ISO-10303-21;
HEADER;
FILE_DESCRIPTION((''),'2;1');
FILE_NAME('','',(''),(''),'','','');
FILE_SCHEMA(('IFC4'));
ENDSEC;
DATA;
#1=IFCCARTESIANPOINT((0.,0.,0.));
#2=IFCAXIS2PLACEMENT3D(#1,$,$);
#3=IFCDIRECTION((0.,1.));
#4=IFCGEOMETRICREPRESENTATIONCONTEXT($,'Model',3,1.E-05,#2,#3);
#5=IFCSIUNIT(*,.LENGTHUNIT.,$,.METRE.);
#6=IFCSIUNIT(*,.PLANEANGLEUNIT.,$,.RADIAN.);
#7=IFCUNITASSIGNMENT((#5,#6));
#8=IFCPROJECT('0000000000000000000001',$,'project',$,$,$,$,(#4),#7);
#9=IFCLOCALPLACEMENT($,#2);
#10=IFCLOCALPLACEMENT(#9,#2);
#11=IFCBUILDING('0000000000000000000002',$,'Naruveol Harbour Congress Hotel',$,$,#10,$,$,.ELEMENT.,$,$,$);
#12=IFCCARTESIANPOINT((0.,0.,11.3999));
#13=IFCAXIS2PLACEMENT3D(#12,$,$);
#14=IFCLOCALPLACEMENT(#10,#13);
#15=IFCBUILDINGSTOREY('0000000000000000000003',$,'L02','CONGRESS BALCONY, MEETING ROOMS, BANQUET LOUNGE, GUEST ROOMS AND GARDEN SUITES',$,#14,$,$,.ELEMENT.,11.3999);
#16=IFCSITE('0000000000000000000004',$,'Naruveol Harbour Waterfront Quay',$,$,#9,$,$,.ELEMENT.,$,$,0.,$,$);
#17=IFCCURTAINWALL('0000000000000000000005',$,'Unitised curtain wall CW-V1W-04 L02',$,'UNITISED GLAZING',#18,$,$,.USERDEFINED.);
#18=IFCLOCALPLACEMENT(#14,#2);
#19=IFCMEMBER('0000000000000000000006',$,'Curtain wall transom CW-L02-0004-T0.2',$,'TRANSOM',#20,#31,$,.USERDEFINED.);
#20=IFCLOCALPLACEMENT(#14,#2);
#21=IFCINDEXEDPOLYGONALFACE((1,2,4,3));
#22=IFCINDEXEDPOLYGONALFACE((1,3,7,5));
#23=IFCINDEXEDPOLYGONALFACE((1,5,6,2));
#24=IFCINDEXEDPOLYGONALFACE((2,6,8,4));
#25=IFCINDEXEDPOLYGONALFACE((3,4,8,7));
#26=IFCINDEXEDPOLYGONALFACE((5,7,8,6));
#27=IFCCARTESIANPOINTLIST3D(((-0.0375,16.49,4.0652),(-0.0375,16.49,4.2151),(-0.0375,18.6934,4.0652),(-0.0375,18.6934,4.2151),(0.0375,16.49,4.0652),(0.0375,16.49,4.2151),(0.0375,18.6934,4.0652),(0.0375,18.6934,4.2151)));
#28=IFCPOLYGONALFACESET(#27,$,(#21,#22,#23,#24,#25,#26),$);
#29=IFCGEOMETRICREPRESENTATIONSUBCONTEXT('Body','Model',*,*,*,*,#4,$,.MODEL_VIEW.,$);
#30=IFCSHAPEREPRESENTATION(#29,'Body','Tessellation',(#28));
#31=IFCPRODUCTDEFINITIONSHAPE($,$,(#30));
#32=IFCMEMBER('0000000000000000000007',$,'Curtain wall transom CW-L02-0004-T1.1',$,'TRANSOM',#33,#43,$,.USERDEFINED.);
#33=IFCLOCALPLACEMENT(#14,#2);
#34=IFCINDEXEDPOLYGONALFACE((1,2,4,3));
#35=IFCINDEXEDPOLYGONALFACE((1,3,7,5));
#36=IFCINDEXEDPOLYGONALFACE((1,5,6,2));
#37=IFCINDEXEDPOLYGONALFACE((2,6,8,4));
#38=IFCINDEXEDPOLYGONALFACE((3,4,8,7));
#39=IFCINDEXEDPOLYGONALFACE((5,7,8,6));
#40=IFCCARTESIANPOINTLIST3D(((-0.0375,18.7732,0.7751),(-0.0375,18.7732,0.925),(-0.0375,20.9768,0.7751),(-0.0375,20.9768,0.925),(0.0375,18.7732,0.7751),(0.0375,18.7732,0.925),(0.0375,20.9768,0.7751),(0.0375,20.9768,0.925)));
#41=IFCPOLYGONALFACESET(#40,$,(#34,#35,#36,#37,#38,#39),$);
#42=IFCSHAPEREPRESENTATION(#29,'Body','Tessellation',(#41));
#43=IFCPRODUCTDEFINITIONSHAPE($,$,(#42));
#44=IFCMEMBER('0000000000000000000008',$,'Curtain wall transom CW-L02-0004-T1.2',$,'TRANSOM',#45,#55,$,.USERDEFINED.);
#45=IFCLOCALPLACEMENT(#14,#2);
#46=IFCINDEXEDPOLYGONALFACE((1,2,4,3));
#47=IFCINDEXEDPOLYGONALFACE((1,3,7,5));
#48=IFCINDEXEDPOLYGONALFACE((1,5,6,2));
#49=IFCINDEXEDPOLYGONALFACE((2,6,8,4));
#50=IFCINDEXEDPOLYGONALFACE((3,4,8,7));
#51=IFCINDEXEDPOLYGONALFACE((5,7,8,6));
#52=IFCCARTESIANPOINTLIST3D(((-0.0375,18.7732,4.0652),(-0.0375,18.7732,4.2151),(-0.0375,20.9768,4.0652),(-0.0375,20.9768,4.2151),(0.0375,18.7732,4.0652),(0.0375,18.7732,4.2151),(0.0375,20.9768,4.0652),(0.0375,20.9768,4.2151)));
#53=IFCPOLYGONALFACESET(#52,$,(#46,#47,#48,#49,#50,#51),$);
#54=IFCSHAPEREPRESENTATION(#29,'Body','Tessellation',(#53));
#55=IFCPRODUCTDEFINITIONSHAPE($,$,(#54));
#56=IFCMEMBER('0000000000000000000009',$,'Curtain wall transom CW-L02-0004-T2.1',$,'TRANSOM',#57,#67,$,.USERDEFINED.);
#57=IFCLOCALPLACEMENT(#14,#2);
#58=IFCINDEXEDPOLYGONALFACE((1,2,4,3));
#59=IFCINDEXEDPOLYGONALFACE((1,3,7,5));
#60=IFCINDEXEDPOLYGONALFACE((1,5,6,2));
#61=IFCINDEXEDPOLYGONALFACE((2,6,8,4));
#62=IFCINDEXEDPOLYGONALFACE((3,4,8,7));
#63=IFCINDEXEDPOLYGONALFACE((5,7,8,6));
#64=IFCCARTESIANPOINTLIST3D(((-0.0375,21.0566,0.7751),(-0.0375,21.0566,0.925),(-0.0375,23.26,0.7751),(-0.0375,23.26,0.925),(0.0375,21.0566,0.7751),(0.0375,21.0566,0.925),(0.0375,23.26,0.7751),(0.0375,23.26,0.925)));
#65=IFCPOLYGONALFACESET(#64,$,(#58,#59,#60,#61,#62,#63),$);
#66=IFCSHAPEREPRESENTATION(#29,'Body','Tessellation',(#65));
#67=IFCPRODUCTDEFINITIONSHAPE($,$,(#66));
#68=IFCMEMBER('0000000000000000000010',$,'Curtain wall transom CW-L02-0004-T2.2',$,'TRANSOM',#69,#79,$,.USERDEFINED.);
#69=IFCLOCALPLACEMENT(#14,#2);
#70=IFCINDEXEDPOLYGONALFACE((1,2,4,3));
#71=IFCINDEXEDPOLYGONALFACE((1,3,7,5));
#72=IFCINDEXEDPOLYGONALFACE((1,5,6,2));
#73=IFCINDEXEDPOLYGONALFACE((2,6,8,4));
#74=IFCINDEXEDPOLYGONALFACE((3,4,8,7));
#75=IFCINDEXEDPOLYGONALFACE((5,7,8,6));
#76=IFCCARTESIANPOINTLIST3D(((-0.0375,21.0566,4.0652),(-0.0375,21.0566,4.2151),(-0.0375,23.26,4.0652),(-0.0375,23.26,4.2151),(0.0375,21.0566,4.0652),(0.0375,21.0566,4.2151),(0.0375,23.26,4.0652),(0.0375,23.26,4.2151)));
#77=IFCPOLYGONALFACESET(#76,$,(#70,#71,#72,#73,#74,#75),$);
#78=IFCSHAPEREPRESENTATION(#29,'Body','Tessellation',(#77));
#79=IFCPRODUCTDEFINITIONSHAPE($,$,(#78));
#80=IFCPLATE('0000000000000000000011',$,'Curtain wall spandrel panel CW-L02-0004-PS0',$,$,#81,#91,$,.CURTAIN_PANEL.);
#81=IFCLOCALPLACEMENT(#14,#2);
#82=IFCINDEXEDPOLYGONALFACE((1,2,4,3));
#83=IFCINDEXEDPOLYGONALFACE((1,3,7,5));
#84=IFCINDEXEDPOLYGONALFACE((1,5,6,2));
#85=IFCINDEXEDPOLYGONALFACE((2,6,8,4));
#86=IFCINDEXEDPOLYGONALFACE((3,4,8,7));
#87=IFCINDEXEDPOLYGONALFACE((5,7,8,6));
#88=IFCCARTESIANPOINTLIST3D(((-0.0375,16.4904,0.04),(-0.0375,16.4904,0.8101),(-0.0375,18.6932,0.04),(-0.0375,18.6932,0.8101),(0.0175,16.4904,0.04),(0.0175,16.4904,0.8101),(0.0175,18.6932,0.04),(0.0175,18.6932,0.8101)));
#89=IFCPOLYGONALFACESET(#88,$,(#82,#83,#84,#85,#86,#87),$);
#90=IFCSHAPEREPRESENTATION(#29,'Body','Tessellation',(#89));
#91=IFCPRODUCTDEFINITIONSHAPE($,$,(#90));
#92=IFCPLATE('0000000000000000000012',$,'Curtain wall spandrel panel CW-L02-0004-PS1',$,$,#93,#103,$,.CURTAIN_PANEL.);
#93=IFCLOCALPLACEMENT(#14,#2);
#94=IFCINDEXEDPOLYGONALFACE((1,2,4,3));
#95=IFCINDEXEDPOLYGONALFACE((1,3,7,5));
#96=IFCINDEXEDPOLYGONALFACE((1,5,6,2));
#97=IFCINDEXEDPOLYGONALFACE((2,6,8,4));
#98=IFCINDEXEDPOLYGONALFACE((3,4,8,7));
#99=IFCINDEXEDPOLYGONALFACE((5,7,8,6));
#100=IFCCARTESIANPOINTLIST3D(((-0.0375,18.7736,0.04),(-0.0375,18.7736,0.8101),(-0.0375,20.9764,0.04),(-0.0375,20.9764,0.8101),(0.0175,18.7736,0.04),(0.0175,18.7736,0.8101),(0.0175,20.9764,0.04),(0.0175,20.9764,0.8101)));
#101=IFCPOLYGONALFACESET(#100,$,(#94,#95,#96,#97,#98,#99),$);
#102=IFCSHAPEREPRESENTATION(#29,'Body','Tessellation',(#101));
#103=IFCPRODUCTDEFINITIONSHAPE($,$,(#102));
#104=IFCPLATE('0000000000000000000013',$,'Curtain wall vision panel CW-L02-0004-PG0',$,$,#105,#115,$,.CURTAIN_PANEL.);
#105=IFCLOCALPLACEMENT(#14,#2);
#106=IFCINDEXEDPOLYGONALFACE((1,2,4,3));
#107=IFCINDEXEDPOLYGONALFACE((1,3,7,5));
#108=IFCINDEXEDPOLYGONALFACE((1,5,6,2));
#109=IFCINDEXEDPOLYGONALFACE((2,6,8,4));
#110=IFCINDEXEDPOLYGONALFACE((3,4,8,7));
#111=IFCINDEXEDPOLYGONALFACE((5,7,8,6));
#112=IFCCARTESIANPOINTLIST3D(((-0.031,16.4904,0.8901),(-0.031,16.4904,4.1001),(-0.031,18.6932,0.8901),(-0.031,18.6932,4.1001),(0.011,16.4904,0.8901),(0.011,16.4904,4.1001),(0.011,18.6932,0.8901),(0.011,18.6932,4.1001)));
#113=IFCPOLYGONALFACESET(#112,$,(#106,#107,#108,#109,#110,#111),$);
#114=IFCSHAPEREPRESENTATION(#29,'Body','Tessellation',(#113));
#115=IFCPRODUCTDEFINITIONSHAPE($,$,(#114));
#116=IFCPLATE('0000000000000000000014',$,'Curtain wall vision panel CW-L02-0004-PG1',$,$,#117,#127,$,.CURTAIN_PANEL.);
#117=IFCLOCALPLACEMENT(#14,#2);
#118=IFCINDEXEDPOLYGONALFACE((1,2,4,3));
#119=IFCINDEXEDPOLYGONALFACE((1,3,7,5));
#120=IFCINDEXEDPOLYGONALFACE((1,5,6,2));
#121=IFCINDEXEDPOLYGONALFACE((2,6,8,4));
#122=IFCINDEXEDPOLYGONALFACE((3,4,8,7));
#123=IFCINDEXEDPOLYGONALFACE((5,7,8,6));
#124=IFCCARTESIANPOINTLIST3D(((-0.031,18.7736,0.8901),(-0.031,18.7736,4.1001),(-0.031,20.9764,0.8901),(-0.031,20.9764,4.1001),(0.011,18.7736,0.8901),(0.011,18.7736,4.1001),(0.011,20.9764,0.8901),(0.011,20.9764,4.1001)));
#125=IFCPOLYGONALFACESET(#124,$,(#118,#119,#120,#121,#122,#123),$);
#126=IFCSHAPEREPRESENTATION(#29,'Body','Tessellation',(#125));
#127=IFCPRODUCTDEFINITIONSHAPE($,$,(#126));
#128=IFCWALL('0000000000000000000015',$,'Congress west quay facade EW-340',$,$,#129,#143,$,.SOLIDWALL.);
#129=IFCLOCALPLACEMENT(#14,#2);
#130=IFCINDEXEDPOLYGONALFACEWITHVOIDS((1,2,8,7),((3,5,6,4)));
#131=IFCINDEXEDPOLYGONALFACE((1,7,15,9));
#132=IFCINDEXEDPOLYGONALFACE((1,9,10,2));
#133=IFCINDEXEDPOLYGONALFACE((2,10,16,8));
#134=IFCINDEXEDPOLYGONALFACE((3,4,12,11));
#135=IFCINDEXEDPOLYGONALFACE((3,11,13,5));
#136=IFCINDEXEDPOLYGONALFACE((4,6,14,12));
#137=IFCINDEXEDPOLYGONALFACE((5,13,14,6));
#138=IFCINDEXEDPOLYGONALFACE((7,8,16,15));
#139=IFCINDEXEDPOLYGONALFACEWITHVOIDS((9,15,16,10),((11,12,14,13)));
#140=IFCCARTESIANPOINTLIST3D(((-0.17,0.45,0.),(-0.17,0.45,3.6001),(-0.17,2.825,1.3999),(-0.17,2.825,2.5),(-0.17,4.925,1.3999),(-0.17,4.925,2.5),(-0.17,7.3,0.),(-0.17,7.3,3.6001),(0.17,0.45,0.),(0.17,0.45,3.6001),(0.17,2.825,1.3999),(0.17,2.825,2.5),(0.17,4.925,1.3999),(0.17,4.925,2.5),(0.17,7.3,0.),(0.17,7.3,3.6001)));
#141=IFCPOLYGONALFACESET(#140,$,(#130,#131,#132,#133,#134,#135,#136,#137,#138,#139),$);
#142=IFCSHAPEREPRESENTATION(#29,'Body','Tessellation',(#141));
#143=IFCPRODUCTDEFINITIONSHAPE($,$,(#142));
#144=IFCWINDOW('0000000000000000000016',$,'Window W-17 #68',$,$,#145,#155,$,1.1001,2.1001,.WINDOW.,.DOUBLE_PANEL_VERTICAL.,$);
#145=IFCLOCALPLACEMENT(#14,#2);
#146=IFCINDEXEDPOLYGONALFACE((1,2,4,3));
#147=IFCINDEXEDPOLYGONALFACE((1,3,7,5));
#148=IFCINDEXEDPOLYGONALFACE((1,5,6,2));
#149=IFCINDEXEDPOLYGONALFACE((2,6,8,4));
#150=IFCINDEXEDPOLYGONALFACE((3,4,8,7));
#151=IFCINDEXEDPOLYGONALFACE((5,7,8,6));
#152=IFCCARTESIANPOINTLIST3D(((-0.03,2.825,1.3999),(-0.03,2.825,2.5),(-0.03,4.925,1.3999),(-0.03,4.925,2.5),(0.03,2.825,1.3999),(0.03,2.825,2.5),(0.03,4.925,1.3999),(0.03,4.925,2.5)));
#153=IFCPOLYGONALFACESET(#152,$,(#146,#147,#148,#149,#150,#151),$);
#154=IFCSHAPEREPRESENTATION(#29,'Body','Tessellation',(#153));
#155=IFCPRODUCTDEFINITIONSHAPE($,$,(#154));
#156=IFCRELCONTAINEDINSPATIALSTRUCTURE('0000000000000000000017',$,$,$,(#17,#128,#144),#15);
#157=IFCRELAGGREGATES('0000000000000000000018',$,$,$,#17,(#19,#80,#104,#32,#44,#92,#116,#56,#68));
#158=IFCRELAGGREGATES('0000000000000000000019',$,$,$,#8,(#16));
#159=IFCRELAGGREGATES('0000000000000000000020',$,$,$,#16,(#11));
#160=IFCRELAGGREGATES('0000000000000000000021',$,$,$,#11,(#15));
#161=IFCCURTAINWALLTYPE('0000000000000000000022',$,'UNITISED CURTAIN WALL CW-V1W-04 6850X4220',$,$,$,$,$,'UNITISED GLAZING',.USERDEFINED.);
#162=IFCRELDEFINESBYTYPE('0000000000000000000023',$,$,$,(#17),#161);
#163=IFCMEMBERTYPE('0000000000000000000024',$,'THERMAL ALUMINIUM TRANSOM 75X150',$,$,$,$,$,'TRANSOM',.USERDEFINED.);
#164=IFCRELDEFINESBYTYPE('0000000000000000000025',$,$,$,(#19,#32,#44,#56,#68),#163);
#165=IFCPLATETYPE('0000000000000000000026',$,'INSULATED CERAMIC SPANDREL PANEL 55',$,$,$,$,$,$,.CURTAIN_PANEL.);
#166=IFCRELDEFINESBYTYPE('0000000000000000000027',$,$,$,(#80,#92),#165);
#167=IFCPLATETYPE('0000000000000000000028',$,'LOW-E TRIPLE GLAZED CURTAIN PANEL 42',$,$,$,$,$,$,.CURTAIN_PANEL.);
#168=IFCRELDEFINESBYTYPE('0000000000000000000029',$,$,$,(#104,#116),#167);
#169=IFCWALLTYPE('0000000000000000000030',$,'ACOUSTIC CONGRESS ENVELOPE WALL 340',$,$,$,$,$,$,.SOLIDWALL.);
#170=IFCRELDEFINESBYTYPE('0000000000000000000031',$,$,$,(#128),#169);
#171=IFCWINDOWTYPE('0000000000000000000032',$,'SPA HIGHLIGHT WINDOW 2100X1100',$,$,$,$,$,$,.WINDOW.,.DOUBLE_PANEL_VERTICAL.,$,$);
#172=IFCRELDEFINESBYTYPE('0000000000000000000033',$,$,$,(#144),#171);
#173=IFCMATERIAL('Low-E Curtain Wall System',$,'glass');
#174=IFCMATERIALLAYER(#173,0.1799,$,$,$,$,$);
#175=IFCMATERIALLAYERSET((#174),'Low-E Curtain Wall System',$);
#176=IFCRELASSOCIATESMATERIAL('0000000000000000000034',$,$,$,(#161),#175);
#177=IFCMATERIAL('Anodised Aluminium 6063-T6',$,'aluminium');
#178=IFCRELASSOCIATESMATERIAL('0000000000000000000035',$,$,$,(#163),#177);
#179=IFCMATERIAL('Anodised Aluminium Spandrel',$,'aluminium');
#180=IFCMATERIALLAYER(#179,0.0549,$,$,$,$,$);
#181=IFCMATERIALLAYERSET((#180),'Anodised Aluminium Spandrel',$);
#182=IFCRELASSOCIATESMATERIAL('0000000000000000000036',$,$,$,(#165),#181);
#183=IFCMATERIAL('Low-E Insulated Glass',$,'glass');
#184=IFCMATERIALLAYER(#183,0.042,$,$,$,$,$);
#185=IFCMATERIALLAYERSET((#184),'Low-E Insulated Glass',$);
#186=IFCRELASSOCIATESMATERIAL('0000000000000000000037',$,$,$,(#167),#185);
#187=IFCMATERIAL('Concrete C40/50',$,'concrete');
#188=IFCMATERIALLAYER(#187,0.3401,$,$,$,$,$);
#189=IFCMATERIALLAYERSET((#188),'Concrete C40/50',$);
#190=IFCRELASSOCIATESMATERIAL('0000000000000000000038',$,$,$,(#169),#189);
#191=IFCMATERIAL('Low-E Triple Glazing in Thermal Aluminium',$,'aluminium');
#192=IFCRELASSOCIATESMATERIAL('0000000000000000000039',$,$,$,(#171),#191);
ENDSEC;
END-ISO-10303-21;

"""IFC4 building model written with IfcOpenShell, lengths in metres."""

from ifc_helpers import new_model, si_unit, direction, frame, frame_2d, origin, origin_2d, place, context, subcontext, project, spatial, rectangle, extrude, material, layer, layer_set, material_profile, profile_set, type_object, element, fill, aggregate, save


model = new_model("IFC4")

# Units and contexts
model_context = context("Model", 3, precision=1e-05, world=origin(), true_north=direction((0.0, 1.0)))
body_context = subcontext(model_context, "Body", "Model", "MODEL_VIEW")
ifc_project = project(units=[si_unit("LENGTHUNIT", "METRE"), si_unit("PLANEANGLEUNIT", "RADIAN")], contexts=[model_context])

# Site, building, storey
site_placement = place(None, origin())
site = spatial("IfcSite", under=ifc_project, at=site_placement, Name="Naruveol Harbour Waterfront Quay", CompositionType="ELEMENT", RefElevation=0.0)
building_placement = place(site_placement, origin())
building = spatial("IfcBuilding", under=site, at=building_placement, Name="Naruveol Harbour Congress Hotel", CompositionType="ELEMENT")
storey_placement = place(building_placement, frame((0.0, 0.0, 11.3999)))
storey = spatial("IfcBuildingStorey", under=building, at=storey_placement, Name="L02", Description="CONGRESS BALCONY, MEETING ROOMS, BANQUET LOUNGE, GUEST ROOMS AND GARDEN SUITES", CompositionType="ELEMENT", Elevation=11.3999)

# Curtain wall, members, plates
ifc_material_1 = material(Name="Low-E Curtain Wall System", Category="glass")
ifc_layer_1 = layer(ifc_material_1, 0.1799)
ifc_layer_set_1 = layer_set([ifc_layer_1], Name="Low-E Curtain Wall System")
curtain_wall_type = type_object("IfcCurtainWallType", Name="UNITISED CURTAIN WALL CW-V1W-04 6850X4220", ElementType="UNITISED GLAZING", PredefinedType="USERDEFINED", material=ifc_layer_set_1)
curtain_wall_placement = place(storey_placement, origin())
curtain_wall = element("IfcCurtainWall", 1, at=curtain_wall_placement, inside=storey, type_object=curtain_wall_type, Name="Unitised curtain wall CW-V1W-04 L02", ObjectType="UNITISED GLAZING", PredefinedType="USERDEFINED")
ifc_material_2 = material(Name="Anodised Aluminium 6063-T6", Category="aluminium")
ifc_material_profile_1 = material_profile(ifc_material_2, rectangle(XDim=0.075, YDim=0.1499, at=origin_2d()), Name="ALU-75x150")
ifc_profile_set_1 = profile_set([ifc_material_profile_1], Name="Anodised Aluminium 6063-T6")
member_type_1 = type_object("IfcMemberType", Name="THERMAL ALUMINIUM TRANSOM 75X150", ElementType="TRANSOM", PredefinedType="USERDEFINED", material=ifc_profile_set_1)
member_1_placement = place(storey_placement, frame((0.0, 16.49, 4.1401), z_axis=(0.0, 1.0, 0.0), x_axis=(-1.0, 0.0, 0.0)))
member_1 = element("IfcMember", 2, at=member_1_placement, type_object=member_type_1, Name="Curtain wall transom CW-L02-0004-T0.2", ObjectType="TRANSOM", PredefinedType="USERDEFINED", context=body_context, shape_type="SweptSolid", body=[
    extrude(rectangle(XDim=0.075, YDim=0.1499, at=origin_2d()), origin(), (0.0, 0.0, 1.0), 2.2034),
])
member_2_placement = place(storey_placement, frame((0.0, 18.7732, 0.8501), z_axis=(0.0, 1.0, 0.0), x_axis=(-1.0, 0.0, 0.0)))
member_2 = element("IfcMember", 3, at=member_2_placement, type_object=member_type_1, Name="Curtain wall transom CW-L02-0004-T1.1", ObjectType="TRANSOM", PredefinedType="USERDEFINED", context=body_context, shape_type="SweptSolid", body=[
    extrude(rectangle(XDim=0.075, YDim=0.1499, at=origin_2d()), origin(), (0.0, 0.0, 1.0), 2.2036),
])
member_3_placement = place(storey_placement, frame((0.0, 18.7732, 4.1401), z_axis=(0.0, 1.0, 0.0), x_axis=(-1.0, 0.0, 0.0)))
member_3 = element("IfcMember", 4, at=member_3_placement, type_object=member_type_1, Name="Curtain wall transom CW-L02-0004-T1.2", ObjectType="TRANSOM", PredefinedType="USERDEFINED", context=body_context, shape_type="SweptSolid", body=[
    extrude(rectangle(XDim=0.075, YDim=0.1499, at=origin_2d()), origin(), (0.0, 0.0, 1.0), 2.2036),
])
member_4_placement = place(storey_placement, frame((0.0, 21.0566, 0.8501), z_axis=(0.0, 1.0, 0.0), x_axis=(-1.0, 0.0, 0.0)))
member_4 = element("IfcMember", 5, at=member_4_placement, type_object=member_type_1, Name="Curtain wall transom CW-L02-0004-T2.1", ObjectType="TRANSOM", PredefinedType="USERDEFINED", context=body_context, shape_type="SweptSolid", body=[
    extrude(rectangle(XDim=0.075, YDim=0.1499, at=origin_2d()), origin(), (0.0, 0.0, 1.0), 2.2034),
])
member_5_placement = place(storey_placement, frame((0.0, 21.0566, 4.1401), z_axis=(0.0, 1.0, 0.0), x_axis=(-1.0, 0.0, 0.0)))
member_5 = element("IfcMember", 6, at=member_5_placement, type_object=member_type_1, Name="Curtain wall transom CW-L02-0004-T2.2", ObjectType="TRANSOM", PredefinedType="USERDEFINED", context=body_context, shape_type="SweptSolid", body=[
    extrude(rectangle(XDim=0.075, YDim=0.1499, at=origin_2d()), origin(), (0.0, 0.0, 1.0), 2.2034),
])
ifc_material_3 = material(Name="Anodised Aluminium Spandrel", Category="aluminium")
ifc_layer_2 = layer(ifc_material_3, 0.0549)
ifc_layer_set_2 = layer_set([ifc_layer_2], Name="Anodised Aluminium Spandrel")
plate_type_1 = type_object("IfcPlateType", Name="INSULATED CERAMIC SPANDREL PANEL 55", PredefinedType="CURTAIN_PANEL", material=ifc_layer_set_2)
plate_1_placement = place(storey_placement, frame((-0.01, 17.5918, 0.04), z_axis=(0.0, 0.0, 1.0), x_axis=(0.0, 1.0, 0.0)))
plate_1 = element("IfcPlate", 7, at=plate_1_placement, type_object=plate_type_1, Name="Curtain wall spandrel panel CW-L02-0004-PS0", PredefinedType="CURTAIN_PANEL", context=body_context, shape_type="SweptSolid", body=[
    extrude(rectangle(XDim=2.2029, YDim=0.0549, at=origin_2d()), origin(), (0.0, 0.0, 1.0), 0.77),
])
plate_2_placement = place(storey_placement, frame((-0.01, 19.875, 0.04), z_axis=(0.0, 0.0, 1.0), x_axis=(0.0, 1.0, 0.0)))
plate_2 = element("IfcPlate", 8, at=plate_2_placement, type_object=plate_type_1, Name="Curtain wall spandrel panel CW-L02-0004-PS1", PredefinedType="CURTAIN_PANEL", context=body_context, shape_type="SweptSolid", body=[
    extrude(rectangle(XDim=2.2029, YDim=0.0549, at=origin_2d()), origin(), (0.0, 0.0, 1.0), 0.77),
])
ifc_material_4 = material(Name="Low-E Insulated Glass", Category="glass")
ifc_layer_3 = layer(ifc_material_4, 0.042)
ifc_layer_set_3 = layer_set([ifc_layer_3], Name="Low-E Insulated Glass")
plate_type_2 = type_object("IfcPlateType", Name="LOW-E TRIPLE GLAZED CURTAIN PANEL 42", PredefinedType="CURTAIN_PANEL", material=ifc_layer_set_3)
plate_3_placement = place(storey_placement, frame((-0.01, 17.5918, 0.8901), z_axis=(0.0, 0.0, 1.0), x_axis=(0.0, 1.0, 0.0)))
plate_3 = element("IfcPlate", 9, at=plate_3_placement, type_object=plate_type_2, Name="Curtain wall vision panel CW-L02-0004-PG0", PredefinedType="CURTAIN_PANEL", context=body_context, shape_type="SweptSolid", body=[
    extrude(rectangle(XDim=2.2029, YDim=0.042, at=origin_2d()), origin(), (0.0, 0.0, 1.0), 3.21),
])
plate_4_placement = place(storey_placement, frame((-0.01, 19.875, 0.8901), z_axis=(0.0, 0.0, 1.0), x_axis=(0.0, 1.0, 0.0)))
plate_4 = element("IfcPlate", 10, at=plate_4_placement, type_object=plate_type_2, Name="Curtain wall vision panel CW-L02-0004-PG1", PredefinedType="CURTAIN_PANEL", context=body_context, shape_type="SweptSolid", body=[
    extrude(rectangle(XDim=2.2029, YDim=0.042, at=origin_2d()), origin(), (0.0, 0.0, 1.0), 3.21),
])
aggregate(curtain_wall, [member_1, plate_1, plate_3, member_2, member_3, plate_2, plate_4, member_4, member_5])

# Wall, opening, window
ifc_material_5 = material(Name="Concrete C40/50", Category="concrete")
ifc_layer_4 = layer(ifc_material_5, 0.3401)
ifc_layer_set_4 = layer_set([ifc_layer_4], Name="Concrete C40/50")
wall_type_1 = type_object("IfcWallType", Name="ACOUSTIC CONGRESS ENVELOPE WALL 340", PredefinedType="SOLIDWALL", material=ifc_layer_set_4)
wall_1_placement = place(storey_placement, frame((0.0, 0.45, 0.0), z_axis=(0.0, 0.0, 1.0), x_axis=(0.0, 1.0, 0.0)))
wall_1 = element("IfcWall", 11, at=wall_1_placement, inside=storey, type_object=wall_type_1, Name="Congress west quay facade EW-340", PredefinedType="SOLIDWALL", context=body_context, shape_type="SweptSolid", body=[
    extrude(rectangle(XDim=6.8501, YDim=0.3401, at=frame_2d((3.425, 0.0))), origin(), (0.0, 0.0, 1.0), 3.6001),
])
opening_1_placement = place(wall_1_placement, frame((2.375, 0.0, 1.3999)))
opening_1 = element("IfcOpeningElement", 12, at=opening_1_placement, cuts=wall_1, PredefinedType="OPENING", context=body_context, shape_type="SweptSolid", body=[
    extrude(rectangle(XDim=2.1001, YDim=1.1001, at=frame_2d((1.05, 0.55))), frame((0.0, 0.1799, 0.0), z_axis=(0.0, -1.0, 0.0), x_axis=(1.0, 0.0, 0.0)), (0.0, 0.0, 1.0), 0.3601),
])
ifc_material_6 = material(Name="Low-E Triple Glazing in Thermal Aluminium", Category="aluminium")
window_type_1 = type_object("IfcWindowType", Name="SPA HIGHLIGHT WINDOW 2100X1100", PartitioningType="DOUBLE_PANEL_VERTICAL", PredefinedType="WINDOW", material=ifc_material_6)
window_1_placement = place(opening_1_placement, origin())
window_1 = element("IfcWindow", 13, at=window_1_placement, inside=storey, type_object=window_type_1, Name="Window W-17 #68", OverallHeight=1.1001, OverallWidth=2.1001, PartitioningType="DOUBLE_PANEL_VERTICAL", PredefinedType="WINDOW", context=body_context, shape_type="SweptSolid", body=[
    extrude(rectangle(XDim=2.1001, YDim=1.1001, at=frame_2d((1.05, 0.55))), frame((0.0, 0.03, 0.0), z_axis=(0.0, -1.0, 0.0), x_axis=(1.0, 0.0, 0.0)), (0.0, 0.0, 1.0), 0.0601),
])
fill(opening_1, window_1)

save(model, "model.ifc")
